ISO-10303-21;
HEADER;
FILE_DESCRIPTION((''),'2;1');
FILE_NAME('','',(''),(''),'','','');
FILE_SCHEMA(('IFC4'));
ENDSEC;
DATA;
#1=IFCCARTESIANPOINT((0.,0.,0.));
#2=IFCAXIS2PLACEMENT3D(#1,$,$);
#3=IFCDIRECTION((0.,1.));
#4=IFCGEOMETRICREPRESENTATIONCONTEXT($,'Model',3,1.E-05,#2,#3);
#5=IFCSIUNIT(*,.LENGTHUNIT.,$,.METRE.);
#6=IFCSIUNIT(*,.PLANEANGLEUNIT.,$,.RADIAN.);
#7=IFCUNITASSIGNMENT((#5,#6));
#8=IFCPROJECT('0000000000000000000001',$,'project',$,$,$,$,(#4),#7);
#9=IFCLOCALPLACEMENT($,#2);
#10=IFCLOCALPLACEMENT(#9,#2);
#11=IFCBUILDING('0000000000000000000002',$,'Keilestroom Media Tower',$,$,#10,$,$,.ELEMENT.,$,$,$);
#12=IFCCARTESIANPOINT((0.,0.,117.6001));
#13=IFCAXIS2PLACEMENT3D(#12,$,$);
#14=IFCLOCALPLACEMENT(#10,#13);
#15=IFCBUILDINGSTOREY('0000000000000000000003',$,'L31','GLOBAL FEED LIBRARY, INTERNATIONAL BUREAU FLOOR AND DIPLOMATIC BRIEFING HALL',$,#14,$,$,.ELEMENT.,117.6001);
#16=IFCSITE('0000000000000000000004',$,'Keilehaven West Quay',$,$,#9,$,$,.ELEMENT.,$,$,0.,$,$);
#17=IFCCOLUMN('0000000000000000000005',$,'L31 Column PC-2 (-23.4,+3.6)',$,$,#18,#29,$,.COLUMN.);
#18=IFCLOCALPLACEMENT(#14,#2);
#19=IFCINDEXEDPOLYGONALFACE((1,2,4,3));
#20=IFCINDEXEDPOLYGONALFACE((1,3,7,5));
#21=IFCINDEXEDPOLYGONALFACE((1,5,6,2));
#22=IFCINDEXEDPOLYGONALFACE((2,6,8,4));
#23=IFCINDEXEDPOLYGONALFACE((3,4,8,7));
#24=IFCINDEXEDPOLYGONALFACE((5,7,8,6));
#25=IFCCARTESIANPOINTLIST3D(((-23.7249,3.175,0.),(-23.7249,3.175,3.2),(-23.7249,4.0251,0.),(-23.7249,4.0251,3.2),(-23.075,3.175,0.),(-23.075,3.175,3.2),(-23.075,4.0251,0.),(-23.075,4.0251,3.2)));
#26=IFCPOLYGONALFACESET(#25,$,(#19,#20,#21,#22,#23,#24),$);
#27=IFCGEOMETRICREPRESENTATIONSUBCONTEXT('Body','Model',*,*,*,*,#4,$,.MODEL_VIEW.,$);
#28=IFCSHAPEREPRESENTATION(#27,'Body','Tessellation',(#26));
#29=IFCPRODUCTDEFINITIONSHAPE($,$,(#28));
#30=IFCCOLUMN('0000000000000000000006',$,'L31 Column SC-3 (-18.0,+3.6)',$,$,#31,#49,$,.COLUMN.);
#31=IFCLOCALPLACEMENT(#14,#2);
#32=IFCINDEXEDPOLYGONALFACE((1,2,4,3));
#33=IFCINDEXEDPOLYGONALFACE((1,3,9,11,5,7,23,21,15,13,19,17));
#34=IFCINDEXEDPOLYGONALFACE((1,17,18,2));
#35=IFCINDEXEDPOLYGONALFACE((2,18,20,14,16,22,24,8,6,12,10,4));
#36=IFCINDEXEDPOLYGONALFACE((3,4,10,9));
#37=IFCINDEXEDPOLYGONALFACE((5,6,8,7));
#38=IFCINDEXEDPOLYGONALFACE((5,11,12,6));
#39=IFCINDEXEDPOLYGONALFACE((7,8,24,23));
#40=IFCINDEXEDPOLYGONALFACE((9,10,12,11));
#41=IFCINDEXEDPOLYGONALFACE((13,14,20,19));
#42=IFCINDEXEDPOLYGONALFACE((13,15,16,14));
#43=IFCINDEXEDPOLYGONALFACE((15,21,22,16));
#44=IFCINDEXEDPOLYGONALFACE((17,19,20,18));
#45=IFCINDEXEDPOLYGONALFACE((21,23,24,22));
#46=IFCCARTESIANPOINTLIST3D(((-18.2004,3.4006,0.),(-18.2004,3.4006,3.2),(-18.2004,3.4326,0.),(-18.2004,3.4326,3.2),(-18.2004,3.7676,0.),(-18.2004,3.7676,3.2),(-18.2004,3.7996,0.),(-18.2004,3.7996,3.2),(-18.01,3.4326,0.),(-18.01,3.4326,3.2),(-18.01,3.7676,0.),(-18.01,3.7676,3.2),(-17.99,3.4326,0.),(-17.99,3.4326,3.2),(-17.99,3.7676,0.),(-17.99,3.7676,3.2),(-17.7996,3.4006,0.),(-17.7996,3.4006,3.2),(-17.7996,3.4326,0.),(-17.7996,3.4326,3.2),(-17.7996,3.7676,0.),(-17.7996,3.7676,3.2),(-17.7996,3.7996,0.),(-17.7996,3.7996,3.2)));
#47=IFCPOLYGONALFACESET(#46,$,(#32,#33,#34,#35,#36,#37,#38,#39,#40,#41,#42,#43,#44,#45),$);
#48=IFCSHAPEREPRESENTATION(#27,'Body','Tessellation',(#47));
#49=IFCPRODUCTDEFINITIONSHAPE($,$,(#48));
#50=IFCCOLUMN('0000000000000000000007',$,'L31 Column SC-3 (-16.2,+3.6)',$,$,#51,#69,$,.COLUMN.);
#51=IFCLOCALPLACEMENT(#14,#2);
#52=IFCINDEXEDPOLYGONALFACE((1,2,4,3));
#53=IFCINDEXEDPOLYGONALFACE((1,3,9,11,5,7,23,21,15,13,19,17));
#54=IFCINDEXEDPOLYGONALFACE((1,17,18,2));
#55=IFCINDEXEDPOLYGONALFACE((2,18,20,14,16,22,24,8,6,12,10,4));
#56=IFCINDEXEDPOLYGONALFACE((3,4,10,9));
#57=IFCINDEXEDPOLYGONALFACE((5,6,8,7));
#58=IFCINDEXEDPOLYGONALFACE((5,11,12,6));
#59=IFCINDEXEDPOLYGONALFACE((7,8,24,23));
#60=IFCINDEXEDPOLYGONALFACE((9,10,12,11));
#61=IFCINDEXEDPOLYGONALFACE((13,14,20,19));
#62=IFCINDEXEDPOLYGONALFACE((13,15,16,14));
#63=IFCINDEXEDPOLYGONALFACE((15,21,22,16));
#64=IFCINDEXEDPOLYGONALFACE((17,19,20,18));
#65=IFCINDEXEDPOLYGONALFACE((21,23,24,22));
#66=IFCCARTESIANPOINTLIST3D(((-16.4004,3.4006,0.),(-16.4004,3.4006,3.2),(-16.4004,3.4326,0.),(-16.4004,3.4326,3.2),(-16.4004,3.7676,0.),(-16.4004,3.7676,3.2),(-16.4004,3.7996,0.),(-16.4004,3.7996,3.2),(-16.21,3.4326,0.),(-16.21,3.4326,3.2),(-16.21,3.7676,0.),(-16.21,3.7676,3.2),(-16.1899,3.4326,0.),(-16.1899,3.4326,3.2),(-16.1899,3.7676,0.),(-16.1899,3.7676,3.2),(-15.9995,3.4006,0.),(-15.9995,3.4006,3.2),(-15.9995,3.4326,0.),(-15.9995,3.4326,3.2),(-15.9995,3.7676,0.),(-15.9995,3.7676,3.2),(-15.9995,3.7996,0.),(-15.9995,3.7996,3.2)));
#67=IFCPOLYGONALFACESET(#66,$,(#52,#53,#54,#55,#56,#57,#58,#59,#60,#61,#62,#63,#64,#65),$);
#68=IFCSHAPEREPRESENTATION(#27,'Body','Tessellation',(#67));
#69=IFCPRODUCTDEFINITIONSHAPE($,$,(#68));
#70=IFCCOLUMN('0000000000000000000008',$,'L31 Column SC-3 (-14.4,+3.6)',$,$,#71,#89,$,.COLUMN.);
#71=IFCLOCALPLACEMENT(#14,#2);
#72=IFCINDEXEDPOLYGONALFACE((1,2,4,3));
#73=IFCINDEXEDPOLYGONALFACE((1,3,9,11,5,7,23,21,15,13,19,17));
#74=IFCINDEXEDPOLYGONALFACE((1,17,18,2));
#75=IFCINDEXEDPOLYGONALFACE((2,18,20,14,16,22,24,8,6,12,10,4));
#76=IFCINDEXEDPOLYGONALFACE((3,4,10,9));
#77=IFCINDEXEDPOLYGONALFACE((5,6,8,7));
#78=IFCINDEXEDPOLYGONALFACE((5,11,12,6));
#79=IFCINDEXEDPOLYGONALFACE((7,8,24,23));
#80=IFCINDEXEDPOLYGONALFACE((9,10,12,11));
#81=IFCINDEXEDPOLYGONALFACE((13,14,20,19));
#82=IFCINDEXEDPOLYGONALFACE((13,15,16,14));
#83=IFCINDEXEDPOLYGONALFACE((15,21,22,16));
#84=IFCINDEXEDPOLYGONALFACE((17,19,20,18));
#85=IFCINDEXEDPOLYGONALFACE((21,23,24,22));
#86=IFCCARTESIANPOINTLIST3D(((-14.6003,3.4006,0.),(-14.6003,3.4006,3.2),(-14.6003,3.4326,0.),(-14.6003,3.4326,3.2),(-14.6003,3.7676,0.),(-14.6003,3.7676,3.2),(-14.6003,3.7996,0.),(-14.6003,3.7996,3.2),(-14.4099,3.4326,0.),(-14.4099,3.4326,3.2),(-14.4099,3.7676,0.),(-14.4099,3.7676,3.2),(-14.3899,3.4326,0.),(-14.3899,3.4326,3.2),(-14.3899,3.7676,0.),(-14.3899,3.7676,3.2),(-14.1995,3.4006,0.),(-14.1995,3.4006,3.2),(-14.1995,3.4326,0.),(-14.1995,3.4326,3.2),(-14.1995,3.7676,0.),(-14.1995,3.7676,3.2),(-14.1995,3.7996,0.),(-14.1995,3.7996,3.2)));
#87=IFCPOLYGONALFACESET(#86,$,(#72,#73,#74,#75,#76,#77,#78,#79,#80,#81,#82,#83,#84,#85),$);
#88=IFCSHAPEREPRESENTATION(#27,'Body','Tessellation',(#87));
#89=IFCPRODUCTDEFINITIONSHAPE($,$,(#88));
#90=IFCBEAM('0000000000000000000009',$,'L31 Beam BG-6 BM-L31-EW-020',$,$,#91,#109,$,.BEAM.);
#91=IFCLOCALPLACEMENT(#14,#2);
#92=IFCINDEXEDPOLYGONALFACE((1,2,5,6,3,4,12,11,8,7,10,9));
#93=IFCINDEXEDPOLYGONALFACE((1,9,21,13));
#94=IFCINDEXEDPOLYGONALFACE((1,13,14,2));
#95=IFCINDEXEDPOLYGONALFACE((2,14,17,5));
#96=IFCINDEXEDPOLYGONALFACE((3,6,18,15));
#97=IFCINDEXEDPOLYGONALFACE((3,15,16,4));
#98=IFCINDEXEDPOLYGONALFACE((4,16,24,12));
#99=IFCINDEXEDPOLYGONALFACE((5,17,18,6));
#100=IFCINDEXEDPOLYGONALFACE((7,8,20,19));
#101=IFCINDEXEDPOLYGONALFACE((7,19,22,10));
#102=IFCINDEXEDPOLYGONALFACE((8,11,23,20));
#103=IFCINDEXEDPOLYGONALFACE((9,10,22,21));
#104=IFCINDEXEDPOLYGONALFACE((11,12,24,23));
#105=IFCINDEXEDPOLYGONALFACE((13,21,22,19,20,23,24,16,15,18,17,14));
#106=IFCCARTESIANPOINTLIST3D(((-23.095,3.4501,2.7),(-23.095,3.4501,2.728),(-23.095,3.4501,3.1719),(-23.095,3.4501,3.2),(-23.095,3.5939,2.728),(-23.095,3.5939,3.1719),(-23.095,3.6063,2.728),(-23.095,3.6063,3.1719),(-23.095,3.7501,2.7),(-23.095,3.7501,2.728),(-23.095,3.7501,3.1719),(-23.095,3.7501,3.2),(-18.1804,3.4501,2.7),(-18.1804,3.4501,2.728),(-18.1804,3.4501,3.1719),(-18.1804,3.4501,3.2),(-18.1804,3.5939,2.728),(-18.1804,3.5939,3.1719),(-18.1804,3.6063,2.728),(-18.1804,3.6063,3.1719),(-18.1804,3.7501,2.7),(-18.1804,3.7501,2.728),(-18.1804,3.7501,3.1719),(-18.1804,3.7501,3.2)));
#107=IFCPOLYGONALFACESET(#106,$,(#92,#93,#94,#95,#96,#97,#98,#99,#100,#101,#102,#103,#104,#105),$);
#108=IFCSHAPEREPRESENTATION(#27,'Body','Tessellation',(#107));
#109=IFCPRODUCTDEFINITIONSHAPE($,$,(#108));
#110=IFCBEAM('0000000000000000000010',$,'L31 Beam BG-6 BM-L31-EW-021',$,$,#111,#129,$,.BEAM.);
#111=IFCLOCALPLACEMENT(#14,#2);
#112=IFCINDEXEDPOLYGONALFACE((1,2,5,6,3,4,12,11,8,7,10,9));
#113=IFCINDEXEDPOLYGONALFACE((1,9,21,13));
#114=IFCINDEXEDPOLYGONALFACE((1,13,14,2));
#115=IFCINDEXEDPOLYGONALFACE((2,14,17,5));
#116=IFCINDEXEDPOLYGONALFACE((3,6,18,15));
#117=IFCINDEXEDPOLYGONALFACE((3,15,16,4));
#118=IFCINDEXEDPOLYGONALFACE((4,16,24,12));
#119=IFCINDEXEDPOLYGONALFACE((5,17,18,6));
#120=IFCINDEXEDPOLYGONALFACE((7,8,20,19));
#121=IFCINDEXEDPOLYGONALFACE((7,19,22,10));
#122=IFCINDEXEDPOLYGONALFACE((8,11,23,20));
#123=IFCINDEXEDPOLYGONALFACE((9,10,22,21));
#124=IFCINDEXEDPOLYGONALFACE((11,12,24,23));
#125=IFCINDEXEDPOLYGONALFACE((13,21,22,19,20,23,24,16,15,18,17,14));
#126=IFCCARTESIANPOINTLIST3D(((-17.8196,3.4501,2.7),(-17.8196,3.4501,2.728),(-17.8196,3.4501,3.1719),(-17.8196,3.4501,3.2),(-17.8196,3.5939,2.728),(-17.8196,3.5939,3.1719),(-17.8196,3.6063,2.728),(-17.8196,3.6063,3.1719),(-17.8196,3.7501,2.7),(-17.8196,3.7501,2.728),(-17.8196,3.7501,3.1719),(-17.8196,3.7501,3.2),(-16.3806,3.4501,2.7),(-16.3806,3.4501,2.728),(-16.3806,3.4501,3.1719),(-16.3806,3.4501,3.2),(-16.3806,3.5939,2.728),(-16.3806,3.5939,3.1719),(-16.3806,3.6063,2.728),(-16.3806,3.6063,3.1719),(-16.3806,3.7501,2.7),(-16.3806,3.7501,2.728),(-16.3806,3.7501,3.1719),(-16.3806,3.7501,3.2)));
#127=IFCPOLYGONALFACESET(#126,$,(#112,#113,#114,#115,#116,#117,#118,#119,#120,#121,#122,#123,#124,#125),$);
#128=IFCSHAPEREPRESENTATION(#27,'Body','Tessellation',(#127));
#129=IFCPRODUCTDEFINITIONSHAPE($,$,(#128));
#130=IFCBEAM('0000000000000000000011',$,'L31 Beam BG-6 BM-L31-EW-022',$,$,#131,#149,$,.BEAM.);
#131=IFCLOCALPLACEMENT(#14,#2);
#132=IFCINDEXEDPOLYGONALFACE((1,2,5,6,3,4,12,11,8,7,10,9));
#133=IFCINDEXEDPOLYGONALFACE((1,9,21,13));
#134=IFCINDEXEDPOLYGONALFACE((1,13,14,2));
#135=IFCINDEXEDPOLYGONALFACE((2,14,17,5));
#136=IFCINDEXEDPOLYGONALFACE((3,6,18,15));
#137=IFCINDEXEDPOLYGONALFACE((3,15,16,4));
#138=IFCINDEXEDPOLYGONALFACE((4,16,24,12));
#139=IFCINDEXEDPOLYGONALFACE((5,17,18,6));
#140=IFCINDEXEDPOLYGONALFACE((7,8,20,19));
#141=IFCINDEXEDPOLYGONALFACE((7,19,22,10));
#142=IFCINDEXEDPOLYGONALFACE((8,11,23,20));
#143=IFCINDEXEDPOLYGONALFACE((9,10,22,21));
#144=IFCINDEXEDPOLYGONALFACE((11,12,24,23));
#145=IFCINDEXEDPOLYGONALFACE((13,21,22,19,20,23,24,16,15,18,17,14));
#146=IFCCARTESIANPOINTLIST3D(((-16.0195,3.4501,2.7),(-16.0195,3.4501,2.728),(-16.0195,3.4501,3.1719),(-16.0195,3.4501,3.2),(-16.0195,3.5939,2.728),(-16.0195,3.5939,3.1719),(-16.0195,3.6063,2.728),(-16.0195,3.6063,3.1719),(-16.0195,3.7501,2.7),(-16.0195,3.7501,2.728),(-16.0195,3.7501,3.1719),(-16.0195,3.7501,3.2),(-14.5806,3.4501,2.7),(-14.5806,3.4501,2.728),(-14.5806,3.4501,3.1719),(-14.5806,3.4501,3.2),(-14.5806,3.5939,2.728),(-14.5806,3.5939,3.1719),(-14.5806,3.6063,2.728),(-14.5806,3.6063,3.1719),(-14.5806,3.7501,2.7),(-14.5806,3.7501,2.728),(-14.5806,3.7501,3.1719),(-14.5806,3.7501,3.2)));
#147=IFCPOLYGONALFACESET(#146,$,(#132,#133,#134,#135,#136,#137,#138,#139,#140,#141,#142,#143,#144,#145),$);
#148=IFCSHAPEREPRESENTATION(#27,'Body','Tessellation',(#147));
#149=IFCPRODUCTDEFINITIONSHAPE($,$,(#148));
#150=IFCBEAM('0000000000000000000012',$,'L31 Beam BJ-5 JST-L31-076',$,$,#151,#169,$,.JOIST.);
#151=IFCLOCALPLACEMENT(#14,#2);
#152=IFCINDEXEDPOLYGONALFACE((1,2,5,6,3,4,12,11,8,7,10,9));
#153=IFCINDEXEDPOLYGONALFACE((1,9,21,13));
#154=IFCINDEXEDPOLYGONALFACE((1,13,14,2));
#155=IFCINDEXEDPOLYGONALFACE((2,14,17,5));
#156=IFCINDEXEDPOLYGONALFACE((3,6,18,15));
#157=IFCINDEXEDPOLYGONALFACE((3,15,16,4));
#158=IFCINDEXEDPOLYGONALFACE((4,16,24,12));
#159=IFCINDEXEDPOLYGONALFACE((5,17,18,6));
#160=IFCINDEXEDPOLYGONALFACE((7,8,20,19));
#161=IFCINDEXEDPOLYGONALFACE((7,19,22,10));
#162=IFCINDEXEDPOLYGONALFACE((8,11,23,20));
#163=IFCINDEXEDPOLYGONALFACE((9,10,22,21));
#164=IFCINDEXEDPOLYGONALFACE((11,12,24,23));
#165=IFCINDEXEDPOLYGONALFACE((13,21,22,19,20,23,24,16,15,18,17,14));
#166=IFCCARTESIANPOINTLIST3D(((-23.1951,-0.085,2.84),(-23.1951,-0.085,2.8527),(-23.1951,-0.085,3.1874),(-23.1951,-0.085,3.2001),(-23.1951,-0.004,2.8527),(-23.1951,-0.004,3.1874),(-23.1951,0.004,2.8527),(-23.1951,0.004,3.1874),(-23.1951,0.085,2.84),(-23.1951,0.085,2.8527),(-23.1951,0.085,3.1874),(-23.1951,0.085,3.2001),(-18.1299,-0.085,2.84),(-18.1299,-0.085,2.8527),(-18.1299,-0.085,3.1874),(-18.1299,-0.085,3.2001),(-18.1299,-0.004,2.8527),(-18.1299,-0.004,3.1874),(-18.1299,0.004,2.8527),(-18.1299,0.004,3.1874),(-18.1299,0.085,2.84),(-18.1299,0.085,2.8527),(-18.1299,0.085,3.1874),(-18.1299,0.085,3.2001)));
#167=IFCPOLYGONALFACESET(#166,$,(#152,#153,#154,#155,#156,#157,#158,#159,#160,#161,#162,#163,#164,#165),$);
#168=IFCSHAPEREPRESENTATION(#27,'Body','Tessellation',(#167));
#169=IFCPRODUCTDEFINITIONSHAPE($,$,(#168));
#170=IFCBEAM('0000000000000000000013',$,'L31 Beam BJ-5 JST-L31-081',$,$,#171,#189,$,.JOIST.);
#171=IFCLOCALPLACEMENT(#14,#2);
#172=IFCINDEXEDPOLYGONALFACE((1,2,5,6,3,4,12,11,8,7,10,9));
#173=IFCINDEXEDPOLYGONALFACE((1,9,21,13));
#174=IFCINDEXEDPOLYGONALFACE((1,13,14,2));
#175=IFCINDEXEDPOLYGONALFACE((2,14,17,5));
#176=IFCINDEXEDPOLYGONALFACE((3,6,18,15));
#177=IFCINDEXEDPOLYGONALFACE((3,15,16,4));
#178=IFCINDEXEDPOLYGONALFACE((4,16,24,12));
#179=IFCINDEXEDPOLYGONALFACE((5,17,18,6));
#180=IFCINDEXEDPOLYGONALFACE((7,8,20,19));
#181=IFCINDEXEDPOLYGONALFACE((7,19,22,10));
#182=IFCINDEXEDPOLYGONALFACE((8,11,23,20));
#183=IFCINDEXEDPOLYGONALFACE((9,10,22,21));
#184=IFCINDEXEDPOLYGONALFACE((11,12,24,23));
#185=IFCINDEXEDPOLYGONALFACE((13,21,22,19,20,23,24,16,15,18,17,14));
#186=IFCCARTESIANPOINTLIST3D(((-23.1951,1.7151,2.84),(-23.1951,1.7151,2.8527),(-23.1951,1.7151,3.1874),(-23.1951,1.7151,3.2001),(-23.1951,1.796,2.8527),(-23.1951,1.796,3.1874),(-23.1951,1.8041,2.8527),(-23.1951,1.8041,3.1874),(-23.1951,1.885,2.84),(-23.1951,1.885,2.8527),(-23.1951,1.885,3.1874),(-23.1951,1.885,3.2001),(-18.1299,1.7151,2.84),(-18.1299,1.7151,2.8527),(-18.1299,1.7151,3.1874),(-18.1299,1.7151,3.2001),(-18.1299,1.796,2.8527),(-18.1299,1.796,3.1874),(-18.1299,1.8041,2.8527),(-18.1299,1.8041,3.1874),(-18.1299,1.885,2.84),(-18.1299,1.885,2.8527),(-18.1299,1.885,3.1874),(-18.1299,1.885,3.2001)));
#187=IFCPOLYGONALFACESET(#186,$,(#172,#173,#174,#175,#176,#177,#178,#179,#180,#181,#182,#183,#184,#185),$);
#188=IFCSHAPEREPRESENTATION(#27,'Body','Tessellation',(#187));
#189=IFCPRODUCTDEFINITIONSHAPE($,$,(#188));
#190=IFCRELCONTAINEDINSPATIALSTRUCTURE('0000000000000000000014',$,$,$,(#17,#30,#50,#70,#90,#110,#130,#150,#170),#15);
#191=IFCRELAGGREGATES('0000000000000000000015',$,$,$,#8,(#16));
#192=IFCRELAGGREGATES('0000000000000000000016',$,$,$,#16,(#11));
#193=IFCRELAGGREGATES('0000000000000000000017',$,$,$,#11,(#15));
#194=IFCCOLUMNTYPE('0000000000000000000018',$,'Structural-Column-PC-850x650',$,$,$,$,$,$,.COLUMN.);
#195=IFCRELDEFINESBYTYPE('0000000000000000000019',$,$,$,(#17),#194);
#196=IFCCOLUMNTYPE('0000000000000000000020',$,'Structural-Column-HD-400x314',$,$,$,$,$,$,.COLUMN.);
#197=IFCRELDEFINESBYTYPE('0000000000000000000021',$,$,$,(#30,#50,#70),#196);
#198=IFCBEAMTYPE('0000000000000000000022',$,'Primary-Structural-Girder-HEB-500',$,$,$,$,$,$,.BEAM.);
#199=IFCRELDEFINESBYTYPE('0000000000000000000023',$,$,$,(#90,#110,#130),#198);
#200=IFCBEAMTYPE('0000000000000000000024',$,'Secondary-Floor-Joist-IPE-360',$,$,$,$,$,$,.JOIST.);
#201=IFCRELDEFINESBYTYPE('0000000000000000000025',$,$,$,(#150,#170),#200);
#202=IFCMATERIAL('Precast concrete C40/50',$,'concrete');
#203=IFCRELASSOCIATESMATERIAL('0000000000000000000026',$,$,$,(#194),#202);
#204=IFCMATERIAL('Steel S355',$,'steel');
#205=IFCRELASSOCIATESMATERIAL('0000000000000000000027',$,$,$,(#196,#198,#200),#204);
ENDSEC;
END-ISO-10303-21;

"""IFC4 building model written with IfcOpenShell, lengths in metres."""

from ifc_helpers import new_model, si_unit, direction, frame, origin, origin_2d, place, context, subcontext, project, spatial, rectangle, i_section, extrude, source, transform, mapped, material, material_profile, profile_set, type_object, element, save


model = new_model("IFC4")

# Units and contexts
model_context = context("Model", 3, precision=1e-05, world=origin(), true_north=direction((0.0, 1.0)))
body_context = subcontext(model_context, "Body", "Model", "MODEL_VIEW")
ifc_project = project(units=[si_unit("LENGTHUNIT", "METRE"), si_unit("PLANEANGLEUNIT", "RADIAN")], contexts=[model_context])

# Site, building, storey
site_placement = place(None, origin())
site = spatial("IfcSite", under=ifc_project, at=site_placement, Name="Keilehaven West Quay", CompositionType="ELEMENT", RefElevation=0.0)
building_placement = place(site_placement, origin())
building = spatial("IfcBuilding", under=site, at=building_placement, Name="Keilestroom Media Tower", CompositionType="ELEMENT")
storey_placement = place(building_placement, frame((0.0, 0.0, 117.6001)))
storey = spatial("IfcBuildingStorey", under=building, at=storey_placement, Name="L31", Description="GLOBAL FEED LIBRARY, INTERNATIONAL BUREAU FLOOR AND DIPLOMATIC BRIEFING HALL", CompositionType="ELEMENT", Elevation=117.6001)

# Columns
ifc_material_1 = material(Name="Precast concrete C40/50", Category="concrete")
ifc_material_profile_1 = material_profile(ifc_material_1, rectangle(XDim=0.6499, YDim=0.8501, at=origin_2d()), Name="PC 850x650")
ifc_profile_set_1 = profile_set([ifc_material_profile_1], Name="Precast concrete C40/50")
column_type_1 = type_object("IfcColumnType", Name="Structural-Column-PC-850x650", PredefinedType="COLUMN", material=ifc_profile_set_1)
shared_shape_1 = source(origin(), body_context, "Body", "SweptSolid", [
    extrude(rectangle(XDim=0.6499, YDim=0.8501, at=origin_2d()), origin(), (0.0, 0.0, 1.0), 3.2),
])
column_placement = place(storey_placement, frame((-23.3999, 3.6001, 0.0), z_axis=(0.0, 0.0, 1.0), x_axis=(1.0, 0.0, 0.0)))
element("IfcColumn", 1, at=column_placement, inside=storey, type_object=column_type_1, Name="L31 Column PC-2 (-23.4,+3.6)", PredefinedType="COLUMN", context=body_context, shape_type="MappedRepresentation", body=[
    mapped(shared_shape_1, transform((0.0, 0.0, 0.0), x_axis=(1.0, 0.0, 0.0), y_axis=(0.0, 1.0, 0.0), z_axis=(0.0, 0.0, 1.0), scale=1.0)),
])
ifc_material_2 = material(Name="Steel S355", Category="steel")
ifc_material_profile_2 = material_profile(ifc_material_2, i_section(OverallWidth=0.4009, OverallDepth=0.3989, WebThickness=0.02, FlangeThickness=0.032, at=origin_2d()), Name="HD 400x314")
ifc_profile_set_2 = profile_set([ifc_material_profile_2], Name="Steel S355")
column_type_2 = type_object("IfcColumnType", Name="Structural-Column-HD-400x314", PredefinedType="COLUMN", material=ifc_profile_set_2)
shared_shape_2 = source(origin(), body_context, "Body", "SweptSolid", [
    extrude(i_section(OverallWidth=0.4009, OverallDepth=0.3989, WebThickness=0.02, FlangeThickness=0.032, at=origin_2d()), origin(), (0.0, 0.0, 1.0), 3.2),
])
for number, where, z_axis, x_axis, name in (
    (2, (-18.0, 3.6001, 0.0), (0.0, 0.0, 1.0), (1.0, 0.0, 0.0), "L31 Column SC-3 (-18.0,+3.6)"),
    (3, (-16.2, 3.6001, 0.0), (0.0, 0.0, 1.0), (1.0, 0.0, 0.0), "L31 Column SC-3 (-16.2,+3.6)"),
    (4, (-14.3999, 3.6001, 0.0), (0.0, 0.0, 1.0), (1.0, 0.0, 0.0), "L31 Column SC-3 (-14.4,+3.6)"),
):
    element("IfcColumn", number, at=place(storey_placement, frame(where, z_axis=z_axis, x_axis=x_axis)), inside=storey, type_object=column_type_2, Name=name, PredefinedType="COLUMN", context=body_context, shape_type="MappedRepresentation", body=[
        mapped(shared_shape_2, transform((0.0, 0.0, 0.0), x_axis=(1.0, 0.0, 0.0), y_axis=(0.0, 1.0, 0.0), z_axis=(0.0, 0.0, 1.0), scale=1.0)),
    ])

# Beams
ifc_material_profile_3 = material_profile(ifc_material_2, i_section(OverallWidth=0.3, OverallDepth=0.5, WebThickness=0.0125, FlangeThickness=0.0281, at=origin_2d()), Name="HEB 500")
ifc_profile_set_3 = profile_set([ifc_material_profile_3], Name="Steel S355")
beam_type_1 = type_object("IfcBeamType", Name="Primary-Structural-Girder-HEB-500", PredefinedType="BEAM", material=ifc_profile_set_3)
shared_shape_3 = source(origin(), body_context, "Body", "SweptSolid", [
    extrude(i_section(OverallWidth=0.3, OverallDepth=0.5, WebThickness=0.0125, FlangeThickness=0.0281, at=origin_2d()), origin(), (0.0, 0.0, 1.0), 4.9146),
])
beam_placement = place(storey_placement, frame((-23.095, 3.6001, 2.95), z_axis=(1.0, 0.0, 0.0), x_axis=(0.0, 1.0, 0.0)))
element("IfcBeam", 5, at=beam_placement, inside=storey, type_object=beam_type_1, Name="L31 Beam BG-6 BM-L31-EW-020", PredefinedType="BEAM", context=body_context, shape_type="MappedRepresentation", body=[
    mapped(shared_shape_3, transform((0.0, 0.0, 0.0), x_axis=(1.0, 0.0, 0.0), y_axis=(0.0, 1.0, 0.0), z_axis=(0.0, 0.0, 1.0), scale=1.0)),
])
shared_shape_4 = source(origin(), body_context, "Body", "SweptSolid", [
    extrude(i_section(OverallWidth=0.3, OverallDepth=0.5, WebThickness=0.0125, FlangeThickness=0.0281, at=origin_2d()), origin(), (0.0, 0.0, 1.0), 1.439),
])
for number, where, z_axis, x_axis, name in (
    (6, (-17.8196, 3.6001, 2.95), (1.0, 0.0, 0.0), (0.0, 1.0, 0.0), "L31 Beam BG-6 BM-L31-EW-021"),
    (7, (-16.0195, 3.6001, 2.95), (1.0, 0.0, 0.0), (0.0, 1.0, 0.0), "L31 Beam BG-6 BM-L31-EW-022"),
):
    element("IfcBeam", number, at=place(storey_placement, frame(where, z_axis=z_axis, x_axis=x_axis)), inside=storey, type_object=beam_type_1, Name=name, PredefinedType="BEAM", context=body_context, shape_type="MappedRepresentation", body=[
        mapped(shared_shape_4, transform((0.0, 0.0, 0.0), x_axis=(1.0, 0.0, 0.0), y_axis=(0.0, 1.0, 0.0), z_axis=(0.0, 0.0, 1.0), scale=1.0)),
    ])
ifc_material_profile_4 = material_profile(ifc_material_2, i_section(OverallWidth=0.1699, OverallDepth=0.3601, WebThickness=0.0081, FlangeThickness=0.0127, at=origin_2d()), Name="IPE 360")
ifc_profile_set_4 = profile_set([ifc_material_profile_4], Name="Steel S355")
beam_type_2 = type_object("IfcBeamType", Name="Secondary-Floor-Joist-IPE-360", PredefinedType="JOIST", material=ifc_profile_set_4)
shared_shape_5 = source(origin(), body_context, "Body", "SweptSolid", [
    extrude(i_section(OverallWidth=0.1699, OverallDepth=0.3601, WebThickness=0.0081, FlangeThickness=0.0127, at=origin_2d()), origin(), (0.0, 0.0, 1.0), 5.0652),
])
for number, where, z_axis, x_axis, name in (
    (8, (-23.1951, 0.0, 3.02), (1.0, 0.0, 0.0), (0.0, 1.0, 0.0), "L31 Beam BJ-5 JST-L31-076"),
    (9, (-23.1951, 1.8, 3.02), (1.0, 0.0, 0.0), (0.0, 1.0, 0.0), "L31 Beam BJ-5 JST-L31-081"),
):
    element("IfcBeam", number, at=place(storey_placement, frame(where, z_axis=z_axis, x_axis=x_axis)), inside=storey, type_object=beam_type_2, Name=name, PredefinedType="JOIST", context=body_context, shape_type="MappedRepresentation", body=[
        mapped(shared_shape_5, transform((0.0, 0.0, 0.0), x_axis=(1.0, 0.0, 0.0), y_axis=(0.0, 1.0, 0.0), z_axis=(0.0, 0.0, 1.0), scale=1.0)),
    ])

save(model, "model.ifc")
